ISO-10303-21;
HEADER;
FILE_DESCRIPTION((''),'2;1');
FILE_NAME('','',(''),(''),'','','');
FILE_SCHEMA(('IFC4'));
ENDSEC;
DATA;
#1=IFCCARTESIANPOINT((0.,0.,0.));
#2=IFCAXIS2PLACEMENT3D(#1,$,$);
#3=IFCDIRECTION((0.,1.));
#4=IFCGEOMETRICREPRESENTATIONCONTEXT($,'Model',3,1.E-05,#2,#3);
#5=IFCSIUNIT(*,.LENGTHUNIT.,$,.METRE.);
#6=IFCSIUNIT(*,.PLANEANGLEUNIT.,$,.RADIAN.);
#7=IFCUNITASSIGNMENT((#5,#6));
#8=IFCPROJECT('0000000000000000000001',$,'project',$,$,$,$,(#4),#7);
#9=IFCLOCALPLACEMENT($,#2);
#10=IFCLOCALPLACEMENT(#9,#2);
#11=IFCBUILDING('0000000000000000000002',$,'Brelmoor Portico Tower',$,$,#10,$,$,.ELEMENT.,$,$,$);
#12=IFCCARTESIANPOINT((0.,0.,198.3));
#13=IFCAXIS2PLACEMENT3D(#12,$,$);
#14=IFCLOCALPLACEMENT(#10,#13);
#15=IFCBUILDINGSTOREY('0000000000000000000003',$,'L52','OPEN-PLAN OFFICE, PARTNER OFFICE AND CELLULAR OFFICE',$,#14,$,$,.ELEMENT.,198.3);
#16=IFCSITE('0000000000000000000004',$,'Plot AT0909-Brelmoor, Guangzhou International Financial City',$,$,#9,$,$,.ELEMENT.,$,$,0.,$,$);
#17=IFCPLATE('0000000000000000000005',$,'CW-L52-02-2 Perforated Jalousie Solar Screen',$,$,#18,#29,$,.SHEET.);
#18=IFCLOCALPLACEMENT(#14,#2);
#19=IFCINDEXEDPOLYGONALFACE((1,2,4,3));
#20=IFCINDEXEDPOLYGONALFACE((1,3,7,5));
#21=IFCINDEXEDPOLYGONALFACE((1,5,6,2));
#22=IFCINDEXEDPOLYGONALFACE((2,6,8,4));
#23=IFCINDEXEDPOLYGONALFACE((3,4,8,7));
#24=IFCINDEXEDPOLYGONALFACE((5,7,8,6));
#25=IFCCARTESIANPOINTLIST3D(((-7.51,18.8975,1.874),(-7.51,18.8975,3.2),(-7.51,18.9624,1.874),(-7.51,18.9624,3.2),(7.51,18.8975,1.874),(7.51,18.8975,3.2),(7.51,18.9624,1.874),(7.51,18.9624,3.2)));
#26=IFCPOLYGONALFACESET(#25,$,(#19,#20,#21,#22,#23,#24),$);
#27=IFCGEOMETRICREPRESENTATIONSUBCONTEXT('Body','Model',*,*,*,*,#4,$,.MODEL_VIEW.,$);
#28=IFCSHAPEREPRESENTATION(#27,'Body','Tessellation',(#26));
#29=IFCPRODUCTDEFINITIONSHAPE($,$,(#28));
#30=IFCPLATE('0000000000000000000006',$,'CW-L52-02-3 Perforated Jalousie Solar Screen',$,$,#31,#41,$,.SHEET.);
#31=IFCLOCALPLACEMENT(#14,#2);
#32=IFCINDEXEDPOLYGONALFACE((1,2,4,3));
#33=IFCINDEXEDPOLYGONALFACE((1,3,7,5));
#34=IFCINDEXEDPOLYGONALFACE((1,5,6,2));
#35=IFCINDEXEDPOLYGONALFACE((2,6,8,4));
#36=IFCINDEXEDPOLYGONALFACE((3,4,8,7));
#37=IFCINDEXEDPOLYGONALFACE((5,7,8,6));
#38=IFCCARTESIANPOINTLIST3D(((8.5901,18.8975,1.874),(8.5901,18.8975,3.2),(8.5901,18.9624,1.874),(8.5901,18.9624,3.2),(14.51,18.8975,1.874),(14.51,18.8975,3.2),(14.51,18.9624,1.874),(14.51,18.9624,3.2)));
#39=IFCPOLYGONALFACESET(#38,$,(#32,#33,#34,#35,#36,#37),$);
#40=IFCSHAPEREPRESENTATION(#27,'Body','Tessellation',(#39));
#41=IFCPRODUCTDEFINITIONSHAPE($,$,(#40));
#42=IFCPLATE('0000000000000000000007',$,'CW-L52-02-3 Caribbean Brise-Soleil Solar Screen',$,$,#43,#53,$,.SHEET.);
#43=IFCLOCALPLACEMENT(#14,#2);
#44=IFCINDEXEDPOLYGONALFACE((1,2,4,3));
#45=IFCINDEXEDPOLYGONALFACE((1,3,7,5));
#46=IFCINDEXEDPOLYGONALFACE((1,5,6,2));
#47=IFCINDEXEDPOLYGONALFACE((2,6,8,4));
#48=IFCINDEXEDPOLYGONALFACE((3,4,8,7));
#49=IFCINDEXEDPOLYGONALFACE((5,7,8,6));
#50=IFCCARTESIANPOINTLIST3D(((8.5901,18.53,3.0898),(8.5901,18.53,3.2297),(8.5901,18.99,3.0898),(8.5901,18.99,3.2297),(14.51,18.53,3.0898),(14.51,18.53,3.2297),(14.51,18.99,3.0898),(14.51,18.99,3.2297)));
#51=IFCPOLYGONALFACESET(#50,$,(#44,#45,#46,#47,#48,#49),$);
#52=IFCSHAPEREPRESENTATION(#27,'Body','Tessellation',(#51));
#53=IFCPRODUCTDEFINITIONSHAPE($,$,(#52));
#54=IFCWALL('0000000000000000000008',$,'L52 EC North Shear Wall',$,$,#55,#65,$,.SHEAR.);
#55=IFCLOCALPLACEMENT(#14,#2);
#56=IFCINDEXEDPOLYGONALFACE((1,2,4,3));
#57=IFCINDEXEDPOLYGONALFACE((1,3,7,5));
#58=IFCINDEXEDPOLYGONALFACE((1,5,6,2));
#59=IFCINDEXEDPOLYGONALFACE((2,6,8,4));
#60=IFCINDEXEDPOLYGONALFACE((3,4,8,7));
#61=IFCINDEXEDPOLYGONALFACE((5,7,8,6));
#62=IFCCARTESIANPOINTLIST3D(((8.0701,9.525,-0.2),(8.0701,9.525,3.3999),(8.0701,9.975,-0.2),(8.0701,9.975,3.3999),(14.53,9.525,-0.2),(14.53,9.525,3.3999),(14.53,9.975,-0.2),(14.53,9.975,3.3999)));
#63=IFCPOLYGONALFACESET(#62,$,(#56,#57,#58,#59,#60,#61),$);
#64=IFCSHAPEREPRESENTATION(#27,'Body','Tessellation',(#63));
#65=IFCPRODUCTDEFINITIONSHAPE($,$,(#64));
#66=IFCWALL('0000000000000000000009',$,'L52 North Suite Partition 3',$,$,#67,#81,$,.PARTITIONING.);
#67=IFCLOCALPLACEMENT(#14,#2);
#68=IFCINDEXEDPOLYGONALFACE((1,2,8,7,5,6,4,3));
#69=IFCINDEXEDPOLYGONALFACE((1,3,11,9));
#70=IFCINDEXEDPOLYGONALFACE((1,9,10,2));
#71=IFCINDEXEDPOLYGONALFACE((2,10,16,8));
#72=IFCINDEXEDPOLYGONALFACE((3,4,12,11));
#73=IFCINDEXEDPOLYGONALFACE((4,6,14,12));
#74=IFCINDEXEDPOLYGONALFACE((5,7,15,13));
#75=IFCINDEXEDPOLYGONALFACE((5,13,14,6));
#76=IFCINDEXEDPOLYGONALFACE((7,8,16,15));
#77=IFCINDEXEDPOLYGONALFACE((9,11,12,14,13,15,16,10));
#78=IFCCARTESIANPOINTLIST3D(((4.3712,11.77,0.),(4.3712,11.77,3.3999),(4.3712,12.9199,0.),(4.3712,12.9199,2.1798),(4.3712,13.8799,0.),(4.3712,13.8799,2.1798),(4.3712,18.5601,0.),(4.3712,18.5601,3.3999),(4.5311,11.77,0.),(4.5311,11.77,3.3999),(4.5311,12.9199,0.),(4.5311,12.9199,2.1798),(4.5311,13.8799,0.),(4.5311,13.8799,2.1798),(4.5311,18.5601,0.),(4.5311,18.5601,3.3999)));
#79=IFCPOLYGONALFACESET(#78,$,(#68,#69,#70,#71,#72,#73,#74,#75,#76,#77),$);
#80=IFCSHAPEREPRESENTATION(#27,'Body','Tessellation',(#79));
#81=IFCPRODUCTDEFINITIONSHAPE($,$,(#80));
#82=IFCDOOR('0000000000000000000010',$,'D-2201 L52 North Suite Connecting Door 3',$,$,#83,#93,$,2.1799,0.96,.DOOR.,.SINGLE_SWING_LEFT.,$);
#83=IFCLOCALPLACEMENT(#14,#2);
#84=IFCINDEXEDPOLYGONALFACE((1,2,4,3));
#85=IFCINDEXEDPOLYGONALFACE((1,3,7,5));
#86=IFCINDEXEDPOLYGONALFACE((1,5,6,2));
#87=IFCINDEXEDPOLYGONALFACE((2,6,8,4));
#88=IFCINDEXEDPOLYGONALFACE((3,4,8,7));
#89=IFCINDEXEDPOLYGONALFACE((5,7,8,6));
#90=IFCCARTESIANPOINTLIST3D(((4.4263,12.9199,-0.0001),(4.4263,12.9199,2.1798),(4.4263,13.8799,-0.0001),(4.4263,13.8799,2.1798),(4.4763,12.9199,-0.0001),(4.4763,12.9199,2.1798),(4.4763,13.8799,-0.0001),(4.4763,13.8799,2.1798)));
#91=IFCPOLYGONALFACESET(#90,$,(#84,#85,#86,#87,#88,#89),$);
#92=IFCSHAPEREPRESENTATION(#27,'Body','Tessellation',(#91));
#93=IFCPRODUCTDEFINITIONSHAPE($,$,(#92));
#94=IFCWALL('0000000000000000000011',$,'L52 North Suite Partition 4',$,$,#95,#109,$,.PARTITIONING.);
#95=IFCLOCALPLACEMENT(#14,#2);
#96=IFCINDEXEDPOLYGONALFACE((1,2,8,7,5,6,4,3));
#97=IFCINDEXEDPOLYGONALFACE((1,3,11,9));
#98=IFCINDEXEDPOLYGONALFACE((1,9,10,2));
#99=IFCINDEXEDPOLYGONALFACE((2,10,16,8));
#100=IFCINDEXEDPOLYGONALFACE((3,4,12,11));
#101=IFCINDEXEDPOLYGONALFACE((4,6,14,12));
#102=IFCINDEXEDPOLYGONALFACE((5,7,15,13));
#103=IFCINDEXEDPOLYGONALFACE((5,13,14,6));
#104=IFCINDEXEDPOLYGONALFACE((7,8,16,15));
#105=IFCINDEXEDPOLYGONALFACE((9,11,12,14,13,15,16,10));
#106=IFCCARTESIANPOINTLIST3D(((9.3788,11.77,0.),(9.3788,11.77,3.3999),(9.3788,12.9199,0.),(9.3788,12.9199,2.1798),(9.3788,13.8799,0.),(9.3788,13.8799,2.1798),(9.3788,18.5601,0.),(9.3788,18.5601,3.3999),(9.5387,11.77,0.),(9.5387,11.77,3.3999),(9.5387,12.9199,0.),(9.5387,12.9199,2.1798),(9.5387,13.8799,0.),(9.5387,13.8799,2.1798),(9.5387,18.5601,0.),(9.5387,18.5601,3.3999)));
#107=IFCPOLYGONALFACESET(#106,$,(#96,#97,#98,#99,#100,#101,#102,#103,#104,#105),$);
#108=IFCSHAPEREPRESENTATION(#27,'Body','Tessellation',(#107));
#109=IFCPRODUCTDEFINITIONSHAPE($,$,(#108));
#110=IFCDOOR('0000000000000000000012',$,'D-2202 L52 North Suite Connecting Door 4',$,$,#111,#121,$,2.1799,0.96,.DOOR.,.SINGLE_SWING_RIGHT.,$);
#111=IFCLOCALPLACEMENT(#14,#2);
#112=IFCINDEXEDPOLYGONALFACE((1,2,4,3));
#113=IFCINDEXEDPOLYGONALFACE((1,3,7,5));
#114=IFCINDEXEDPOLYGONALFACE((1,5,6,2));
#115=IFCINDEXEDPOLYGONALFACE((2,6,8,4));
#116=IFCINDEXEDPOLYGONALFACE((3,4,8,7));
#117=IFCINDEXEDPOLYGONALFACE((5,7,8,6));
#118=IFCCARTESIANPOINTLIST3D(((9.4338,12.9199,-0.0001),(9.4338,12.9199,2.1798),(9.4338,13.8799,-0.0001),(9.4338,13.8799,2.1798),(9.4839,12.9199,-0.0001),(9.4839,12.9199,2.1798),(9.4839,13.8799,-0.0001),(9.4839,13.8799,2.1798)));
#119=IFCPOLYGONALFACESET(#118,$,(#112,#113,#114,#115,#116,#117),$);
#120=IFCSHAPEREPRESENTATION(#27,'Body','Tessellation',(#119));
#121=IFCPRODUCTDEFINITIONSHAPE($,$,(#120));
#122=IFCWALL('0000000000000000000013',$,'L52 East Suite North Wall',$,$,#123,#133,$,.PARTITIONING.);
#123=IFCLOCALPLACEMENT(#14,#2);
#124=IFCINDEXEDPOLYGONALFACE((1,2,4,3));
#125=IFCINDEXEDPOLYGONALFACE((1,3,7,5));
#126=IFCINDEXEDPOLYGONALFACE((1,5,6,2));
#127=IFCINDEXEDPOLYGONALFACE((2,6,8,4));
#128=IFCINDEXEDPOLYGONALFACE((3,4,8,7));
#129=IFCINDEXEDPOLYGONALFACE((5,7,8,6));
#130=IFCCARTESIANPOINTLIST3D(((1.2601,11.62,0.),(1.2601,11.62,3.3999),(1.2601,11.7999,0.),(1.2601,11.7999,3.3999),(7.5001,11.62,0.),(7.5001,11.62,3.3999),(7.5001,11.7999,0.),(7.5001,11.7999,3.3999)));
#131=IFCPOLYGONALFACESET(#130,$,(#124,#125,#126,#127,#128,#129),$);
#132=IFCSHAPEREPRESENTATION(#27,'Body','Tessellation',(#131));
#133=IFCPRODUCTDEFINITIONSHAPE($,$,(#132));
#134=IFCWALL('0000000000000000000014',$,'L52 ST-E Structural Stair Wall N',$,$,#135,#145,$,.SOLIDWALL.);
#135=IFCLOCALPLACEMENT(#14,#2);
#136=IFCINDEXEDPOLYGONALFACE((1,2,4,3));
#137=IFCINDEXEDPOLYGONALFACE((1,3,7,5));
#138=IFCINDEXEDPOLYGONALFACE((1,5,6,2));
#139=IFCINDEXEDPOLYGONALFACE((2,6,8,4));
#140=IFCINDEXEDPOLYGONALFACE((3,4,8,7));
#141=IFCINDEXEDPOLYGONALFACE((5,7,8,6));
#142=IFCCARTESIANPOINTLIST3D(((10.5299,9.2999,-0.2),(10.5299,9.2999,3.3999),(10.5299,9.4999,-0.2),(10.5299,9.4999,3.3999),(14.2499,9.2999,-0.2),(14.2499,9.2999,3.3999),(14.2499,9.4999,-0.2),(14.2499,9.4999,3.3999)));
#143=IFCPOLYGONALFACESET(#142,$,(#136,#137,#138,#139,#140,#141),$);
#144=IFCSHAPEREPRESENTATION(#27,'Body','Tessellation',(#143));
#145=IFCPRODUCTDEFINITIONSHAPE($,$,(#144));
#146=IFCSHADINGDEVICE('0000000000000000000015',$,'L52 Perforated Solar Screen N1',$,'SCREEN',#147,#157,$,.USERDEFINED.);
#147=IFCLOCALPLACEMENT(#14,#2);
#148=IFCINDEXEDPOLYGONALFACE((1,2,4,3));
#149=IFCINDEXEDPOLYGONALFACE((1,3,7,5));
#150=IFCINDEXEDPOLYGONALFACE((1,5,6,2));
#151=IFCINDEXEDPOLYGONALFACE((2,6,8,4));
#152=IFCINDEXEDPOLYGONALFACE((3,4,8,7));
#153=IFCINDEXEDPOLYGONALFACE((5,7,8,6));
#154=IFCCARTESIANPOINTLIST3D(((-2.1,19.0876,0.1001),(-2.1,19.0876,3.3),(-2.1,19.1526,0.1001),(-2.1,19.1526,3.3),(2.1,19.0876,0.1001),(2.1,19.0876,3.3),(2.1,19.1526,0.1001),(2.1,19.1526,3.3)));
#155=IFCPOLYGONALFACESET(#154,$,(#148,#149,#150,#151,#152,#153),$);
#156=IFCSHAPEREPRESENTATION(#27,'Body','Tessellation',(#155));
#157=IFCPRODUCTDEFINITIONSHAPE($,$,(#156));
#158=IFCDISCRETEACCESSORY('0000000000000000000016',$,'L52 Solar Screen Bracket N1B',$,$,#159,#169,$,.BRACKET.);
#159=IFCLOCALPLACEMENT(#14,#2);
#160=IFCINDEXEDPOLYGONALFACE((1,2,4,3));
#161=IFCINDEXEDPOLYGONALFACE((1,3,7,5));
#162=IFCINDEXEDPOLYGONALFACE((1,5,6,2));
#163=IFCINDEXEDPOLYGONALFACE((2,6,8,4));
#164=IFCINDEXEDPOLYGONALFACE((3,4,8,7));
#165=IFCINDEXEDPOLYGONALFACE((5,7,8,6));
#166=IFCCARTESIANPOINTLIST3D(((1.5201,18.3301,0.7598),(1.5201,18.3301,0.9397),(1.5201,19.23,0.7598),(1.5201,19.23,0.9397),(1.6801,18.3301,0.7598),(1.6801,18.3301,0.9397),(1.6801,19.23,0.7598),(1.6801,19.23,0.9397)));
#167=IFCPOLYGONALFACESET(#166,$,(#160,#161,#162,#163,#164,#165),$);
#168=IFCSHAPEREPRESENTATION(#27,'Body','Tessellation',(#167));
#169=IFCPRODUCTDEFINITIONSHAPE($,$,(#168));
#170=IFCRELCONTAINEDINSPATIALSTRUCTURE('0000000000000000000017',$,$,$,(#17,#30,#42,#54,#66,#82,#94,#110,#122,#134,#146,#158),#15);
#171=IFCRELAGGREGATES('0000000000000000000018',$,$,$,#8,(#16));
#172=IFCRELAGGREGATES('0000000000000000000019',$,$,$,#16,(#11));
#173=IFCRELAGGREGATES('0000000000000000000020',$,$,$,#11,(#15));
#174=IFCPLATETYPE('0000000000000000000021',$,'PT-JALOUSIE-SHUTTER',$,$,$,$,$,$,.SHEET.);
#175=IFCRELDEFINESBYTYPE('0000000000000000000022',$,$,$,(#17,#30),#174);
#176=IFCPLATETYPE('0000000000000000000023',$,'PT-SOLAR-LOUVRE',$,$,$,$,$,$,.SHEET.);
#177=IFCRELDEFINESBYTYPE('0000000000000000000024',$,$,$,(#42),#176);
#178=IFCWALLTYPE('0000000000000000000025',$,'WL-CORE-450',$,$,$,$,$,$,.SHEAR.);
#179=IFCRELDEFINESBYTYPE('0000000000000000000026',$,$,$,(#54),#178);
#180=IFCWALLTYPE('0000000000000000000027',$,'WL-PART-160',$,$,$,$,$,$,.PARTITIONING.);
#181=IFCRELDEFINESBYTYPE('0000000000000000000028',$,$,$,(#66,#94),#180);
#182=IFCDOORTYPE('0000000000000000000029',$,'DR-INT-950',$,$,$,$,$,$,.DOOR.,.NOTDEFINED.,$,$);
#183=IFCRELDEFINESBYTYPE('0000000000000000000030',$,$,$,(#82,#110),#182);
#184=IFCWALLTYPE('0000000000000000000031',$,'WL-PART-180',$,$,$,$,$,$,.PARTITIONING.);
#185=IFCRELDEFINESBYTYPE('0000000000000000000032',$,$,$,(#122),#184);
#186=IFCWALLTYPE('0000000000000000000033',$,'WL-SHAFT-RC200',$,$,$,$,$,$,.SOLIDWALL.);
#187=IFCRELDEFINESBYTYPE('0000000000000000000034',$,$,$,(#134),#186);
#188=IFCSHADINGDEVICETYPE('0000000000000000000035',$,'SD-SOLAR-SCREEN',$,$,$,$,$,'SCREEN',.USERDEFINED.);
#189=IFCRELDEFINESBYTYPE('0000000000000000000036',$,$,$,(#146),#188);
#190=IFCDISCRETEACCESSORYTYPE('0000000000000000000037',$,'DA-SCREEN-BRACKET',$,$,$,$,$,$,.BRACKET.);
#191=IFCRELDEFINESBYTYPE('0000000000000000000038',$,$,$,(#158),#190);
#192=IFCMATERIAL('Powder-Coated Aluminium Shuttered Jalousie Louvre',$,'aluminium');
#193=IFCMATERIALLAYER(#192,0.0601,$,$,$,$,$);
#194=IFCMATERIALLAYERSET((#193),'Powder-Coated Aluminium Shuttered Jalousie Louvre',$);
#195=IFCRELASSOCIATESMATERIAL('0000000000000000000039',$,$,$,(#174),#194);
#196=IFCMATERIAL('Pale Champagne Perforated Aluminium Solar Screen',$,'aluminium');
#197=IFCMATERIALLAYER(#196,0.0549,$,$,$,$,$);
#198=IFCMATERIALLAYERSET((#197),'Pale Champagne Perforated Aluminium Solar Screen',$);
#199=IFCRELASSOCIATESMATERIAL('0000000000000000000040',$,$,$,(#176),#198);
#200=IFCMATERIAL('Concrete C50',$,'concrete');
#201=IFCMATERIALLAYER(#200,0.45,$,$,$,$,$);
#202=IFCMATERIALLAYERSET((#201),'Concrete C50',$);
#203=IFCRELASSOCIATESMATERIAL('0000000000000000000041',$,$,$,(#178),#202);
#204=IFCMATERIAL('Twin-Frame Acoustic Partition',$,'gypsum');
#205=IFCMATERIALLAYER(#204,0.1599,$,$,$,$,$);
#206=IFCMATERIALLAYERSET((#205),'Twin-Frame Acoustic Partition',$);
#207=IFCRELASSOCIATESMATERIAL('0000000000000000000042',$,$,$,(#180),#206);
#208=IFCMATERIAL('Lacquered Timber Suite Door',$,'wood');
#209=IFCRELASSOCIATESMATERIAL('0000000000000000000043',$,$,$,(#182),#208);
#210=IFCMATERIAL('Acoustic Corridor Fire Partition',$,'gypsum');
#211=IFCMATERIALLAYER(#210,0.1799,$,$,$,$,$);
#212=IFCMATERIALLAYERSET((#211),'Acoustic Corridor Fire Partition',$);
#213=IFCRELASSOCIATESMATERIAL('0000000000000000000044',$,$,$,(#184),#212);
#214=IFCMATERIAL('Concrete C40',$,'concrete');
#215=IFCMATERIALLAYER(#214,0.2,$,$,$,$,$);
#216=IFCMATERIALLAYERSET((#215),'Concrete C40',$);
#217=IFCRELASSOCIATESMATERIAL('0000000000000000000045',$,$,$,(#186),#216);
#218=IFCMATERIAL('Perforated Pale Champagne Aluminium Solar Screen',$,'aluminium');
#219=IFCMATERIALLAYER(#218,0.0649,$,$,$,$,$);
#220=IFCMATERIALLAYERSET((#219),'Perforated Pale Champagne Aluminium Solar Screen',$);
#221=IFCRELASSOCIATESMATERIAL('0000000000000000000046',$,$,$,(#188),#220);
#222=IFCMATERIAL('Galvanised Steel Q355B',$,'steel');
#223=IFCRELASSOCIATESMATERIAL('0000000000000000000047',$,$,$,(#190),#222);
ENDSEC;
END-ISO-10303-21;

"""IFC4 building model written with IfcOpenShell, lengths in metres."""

from ifc_helpers import new_model, si_unit, direction, frame, frame_2d, origin, origin_2d, place, context, subcontext, project, spatial, rectangle, extrude, material, layer, layer_set, type_object, element, fill, save


model = new_model("IFC4")

# Units and contexts
model_context = context("Model", 3, precision=1e-05, world=origin(), true_north=direction((0.0, 1.0)))
body_context = subcontext(model_context, "Body", "Model", "MODEL_VIEW")
ifc_project = project(units=[si_unit("LENGTHUNIT", "METRE"), si_unit("PLANEANGLEUNIT", "RADIAN")], contexts=[model_context])

# Site, building, storey
site_placement = place(None, origin())
site = spatial("IfcSite", under=ifc_project, at=site_placement, Name="Plot AT0909-Brelmoor, Guangzhou International Financial City", CompositionType="ELEMENT", RefElevation=0.0)
building_placement = place(site_placement, origin())
building = spatial("IfcBuilding", under=site, at=building_placement, Name="Brelmoor Portico Tower", CompositionType="ELEMENT")
storey_placement = place(building_placement, frame((0.0, 0.0, 198.3)))
storey = spatial("IfcBuildingStorey", under=building, at=storey_placement, Name="L52", Description="OPEN-PLAN OFFICE, PARTNER OFFICE AND CELLULAR OFFICE", CompositionType="ELEMENT", Elevation=198.3)

# Plates
ifc_material_1 = material(Name="Powder-Coated Aluminium Shuttered Jalousie Louvre", Category="aluminium")
ifc_layer_1 = layer(ifc_material_1, 0.0601)
ifc_layer_set_1 = layer_set([ifc_layer_1], Name="Powder-Coated Aluminium Shuttered Jalousie Louvre")
plate_type_1 = type_object("IfcPlateType", Name="PT-JALOUSIE-SHUTTER", PredefinedType="SHEET", material=ifc_layer_set_1)
plate_1_placement = place(storey_placement, frame((0.0, 18.9299, 1.874), z_axis=(0.0, 0.0, 1.0), x_axis=(1.0, 0.0, 0.0)))
element("IfcPlate", 1, at=plate_1_placement, inside=storey, type_object=plate_type_1, Name="CW-L52-02-2 Perforated Jalousie Solar Screen", PredefinedType="SHEET", context=body_context, shape_type="SweptSolid", body=[
    extrude(rectangle(XDim=15.02, YDim=0.0649, at=origin_2d()), origin(), (0.0, 0.0, 1.0), 1.3259),
])
plate_2_placement = place(storey_placement, frame((11.55, 18.9299, 1.874), z_axis=(0.0, 0.0, 1.0), x_axis=(1.0, 0.0, 0.0)))
element("IfcPlate", 2, at=plate_2_placement, inside=storey, type_object=plate_type_1, Name="CW-L52-02-3 Perforated Jalousie Solar Screen", PredefinedType="SHEET", context=body_context, shape_type="SweptSolid", body=[
    extrude(rectangle(XDim=5.9199, YDim=0.0649, at=origin_2d()), origin(), (0.0, 0.0, 1.0), 1.3259),
])
ifc_material_2 = material(Name="Pale Champagne Perforated Aluminium Solar Screen", Category="aluminium")
ifc_layer_2 = layer(ifc_material_2, 0.0549)
ifc_layer_set_2 = layer_set([ifc_layer_2], Name="Pale Champagne Perforated Aluminium Solar Screen")
plate_type_2 = type_object("IfcPlateType", Name="PT-SOLAR-LOUVRE", PredefinedType="SHEET", material=ifc_layer_set_2)
plate_3_placement = place(storey_placement, frame((11.55, 18.76, 3.0898), z_axis=(0.0, 0.0, 1.0), x_axis=(1.0, 0.0, 0.0)))
element("IfcPlate", 3, at=plate_3_placement, inside=storey, type_object=plate_type_2, Name="CW-L52-02-3 Caribbean Brise-Soleil Solar Screen", PredefinedType="SHEET", context=body_context, shape_type="SweptSolid", body=[
    extrude(rectangle(XDim=5.9199, YDim=0.46, at=origin_2d()), origin(), (0.0, 0.0, 1.0), 0.1399),
])

# Wall
ifc_material_3 = material(Name="Concrete C50", Category="concrete")
ifc_layer_3 = layer(ifc_material_3, 0.45)
ifc_layer_set_3 = layer_set([ifc_layer_3], Name="Concrete C50")
wall_type_1 = type_object("IfcWallType", Name="WL-CORE-450", PredefinedType="SHEAR", material=ifc_layer_set_3)
wall_1_placement = place(storey_placement, frame((8.0701, 9.75, -0.2), z_axis=(0.0, 0.0, 1.0), x_axis=(1.0, 0.0, 0.0)))
element("IfcWall", 4, at=wall_1_placement, inside=storey, type_object=wall_type_1, Name="L52 EC North Shear Wall", PredefinedType="SHEAR", context=body_context, shape_type="SweptSolid", body=[
    extrude(rectangle(XDim=6.46, YDim=0.45, at=frame_2d((3.23, 0.0))), origin(), (0.0, 0.0, 1.0), 3.5999),
])

# Walls, openings, doors
ifc_material_4 = material(Name="Twin-Frame Acoustic Partition", Category="gypsum")
ifc_layer_4 = layer(ifc_material_4, 0.1599)
ifc_layer_set_4 = layer_set([ifc_layer_4], Name="Twin-Frame Acoustic Partition")
wall_type_2 = type_object("IfcWallType", Name="WL-PART-160", PredefinedType="PARTITIONING", material=ifc_layer_set_4)
wall_2_placement = place(storey_placement, frame((4.4512, 11.77, 0.0), z_axis=(0.0, 0.0, 1.0), x_axis=(0.0, 1.0, 0.0)))
wall_2 = element("IfcWall", 5, at=wall_2_placement, inside=storey, type_object=wall_type_2, Name="L52 North Suite Partition 3", PredefinedType="PARTITIONING", context=body_context, shape_type="SweptSolid", body=[
    extrude(rectangle(XDim=6.79, YDim=0.1599, at=frame_2d((3.395, 0.0))), origin(), (0.0, 0.0, 1.0), 3.3999),
])
opening_1_placement = place(wall_2_placement, frame((1.1499, 0.0, 0.0)))
opening_1 = element("IfcOpeningElement", 6, at=opening_1_placement, cuts=wall_2, PredefinedType="OPENING", context=body_context, shape_type="SweptSolid", body=[
    extrude(rectangle(XDim=0.96, YDim=2.1799, at=frame_2d((0.48, 1.0898))), frame((0.0, 0.0898, 0.0), z_axis=(0.0, -1.0, 0.0), x_axis=(1.0, 0.0, 0.0)), (0.0, 0.0, 1.0), 0.1799),
])
ifc_material_5 = material(Name="Lacquered Timber Suite Door", Category="wood")
door_type = type_object("IfcDoorType", Name="DR-INT-950", OperationType="NOTDEFINED", PredefinedType="DOOR", material=ifc_material_5)
door_1_placement = place(opening_1_placement, origin())
door_1 = element("IfcDoor", 7, at=door_1_placement, inside=storey, type_object=door_type, Name="D-2201 L52 North Suite Connecting Door 3", OperationType="SINGLE_SWING_LEFT", OverallHeight=2.1799, OverallWidth=0.96, PredefinedType="DOOR", context=body_context, shape_type="SweptSolid", body=[
    extrude(rectangle(XDim=0.96, YDim=2.1799, at=frame_2d((0.48, 1.0898))), frame((0.0, 0.0249, 0.0), z_axis=(0.0, -1.0, 0.0), x_axis=(1.0, 0.0, 0.0)), (0.0, 0.0, 1.0), 0.05),
])
fill(opening_1, door_1)
wall_3_placement = place(storey_placement, frame((9.4587, 11.77, 0.0), z_axis=(0.0, 0.0, 1.0), x_axis=(0.0, 1.0, 0.0)))
wall_3 = element("IfcWall", 8, at=wall_3_placement, inside=storey, type_object=wall_type_2, Name="L52 North Suite Partition 4", PredefinedType="PARTITIONING", context=body_context, shape_type="SweptSolid", body=[
    extrude(rectangle(XDim=6.79, YDim=0.1599, at=frame_2d((3.395, 0.0))), origin(), (0.0, 0.0, 1.0), 3.3999),
])
opening_2_placement = place(wall_3_placement, frame((1.1499, 0.0, 0.0)))
opening_2 = element("IfcOpeningElement", 9, at=opening_2_placement, cuts=wall_3, PredefinedType="OPENING", context=body_context, shape_type="SweptSolid", body=[
    extrude(rectangle(XDim=0.96, YDim=2.1799, at=frame_2d((0.48, 1.0898))), frame((0.0, 0.0898, 0.0), z_axis=(0.0, -1.0, 0.0), x_axis=(1.0, 0.0, 0.0)), (0.0, 0.0, 1.0), 0.1799),
])
door_2_placement = place(opening_2_placement, origin())
door_2 = element("IfcDoor", 10, at=door_2_placement, inside=storey, type_object=door_type, Name="D-2202 L52 North Suite Connecting Door 4", OperationType="SINGLE_SWING_RIGHT", OverallHeight=2.1799, OverallWidth=0.96, PredefinedType="DOOR", context=body_context, shape_type="SweptSolid", body=[
    extrude(rectangle(XDim=0.96, YDim=2.1799, at=frame_2d((0.48, 1.0898))), frame((0.0, 0.0249, 0.0), z_axis=(0.0, -1.0, 0.0), x_axis=(1.0, 0.0, 0.0)), (0.0, 0.0, 1.0), 0.05),
])
fill(opening_2, door_2)

# Walls
ifc_material_6 = material(Name="Acoustic Corridor Fire Partition", Category="gypsum")
ifc_layer_5 = layer(ifc_material_6, 0.1799)
ifc_layer_set_5 = layer_set([ifc_layer_5], Name="Acoustic Corridor Fire Partition")
wall_type_3 = type_object("IfcWallType", Name="WL-PART-180", PredefinedType="PARTITIONING", material=ifc_layer_set_5)
wall_4_placement = place(storey_placement, frame((1.26, 11.71, 0.0), z_axis=(0.0, 0.0, 1.0), x_axis=(1.0, 0.0, 0.0)))
element("IfcWall", 11, at=wall_4_placement, inside=storey, type_object=wall_type_3, Name="L52 East Suite North Wall", PredefinedType="PARTITIONING", context=body_context, shape_type="SweptSolid", body=[
    extrude(rectangle(XDim=6.24, YDim=0.1799, at=frame_2d((3.1201, 0.0))), origin(), (0.0, 0.0, 1.0), 3.3999),
])
ifc_material_7 = material(Name="Concrete C40", Category="concrete")
ifc_layer_6 = layer(ifc_material_7, 0.2)
ifc_layer_set_6 = layer_set([ifc_layer_6], Name="Concrete C40")
wall_type_4 = type_object("IfcWallType", Name="WL-SHAFT-RC200", PredefinedType="SOLIDWALL", material=ifc_layer_set_6)
wall_5_placement = place(storey_placement, frame((10.53, 9.3999, -0.2), z_axis=(0.0, 0.0, 1.0), x_axis=(1.0, 0.0, 0.0)))
element("IfcWall", 12, at=wall_5_placement, inside=storey, type_object=wall_type_4, Name="L52 ST-E Structural Stair Wall N", PredefinedType="SOLIDWALL", context=body_context, shape_type="SweptSolid", body=[
    extrude(rectangle(XDim=3.72, YDim=0.2, at=frame_2d((1.8599, 0.0))), origin(), (0.0, 0.0, 1.0), 3.5999),
])

# Shading device
ifc_material_8 = material(Name="Perforated Pale Champagne Aluminium Solar Screen", Category="aluminium")
ifc_layer_7 = layer(ifc_material_8, 0.0649)
ifc_layer_set_7 = layer_set([ifc_layer_7], Name="Perforated Pale Champagne Aluminium Solar Screen")
shading_device_type = type_object("IfcShadingDeviceType", Name="SD-SOLAR-SCREEN", ElementType="SCREEN", PredefinedType="USERDEFINED", material=ifc_layer_set_7)
shading_device_placement = place(storey_placement, frame((0.0, 19.1201, 0.1001), z_axis=(0.0, 0.0, 1.0), x_axis=(1.0, 0.0, 0.0)))
element("IfcShadingDevice", 13, at=shading_device_placement, inside=storey, type_object=shading_device_type, Name="L52 Perforated Solar Screen N1", ObjectType="SCREEN", PredefinedType="USERDEFINED", context=body_context, shape_type="SweptSolid", body=[
    extrude(rectangle(XDim=4.2, YDim=0.0649, at=origin_2d()), origin(), (0.0, 0.0, 1.0), 3.2),
])

# Discrete accessory
ifc_material_9 = material(Name="Galvanised Steel Q355B", Category="steel")
discrete_accessory_type = type_object("IfcDiscreteAccessoryType", Name="DA-SCREEN-BRACKET", PredefinedType="BRACKET", material=ifc_material_9)
discrete_accessory_placement = place(storey_placement, frame((1.6001, 18.78, 0.7598), z_axis=(0.0, 0.0, 1.0), x_axis=(1.0, 0.0, 0.0)))
element("IfcDiscreteAccessory", 14, at=discrete_accessory_placement, inside=storey, type_object=discrete_accessory_type, Name="L52 Solar Screen Bracket N1B", PredefinedType="BRACKET", context=body_context, shape_type="SweptSolid", body=[
    extrude(rectangle(XDim=0.1599, YDim=0.8999, at=origin_2d()), origin(), (0.0, 0.0, 1.0), 0.1799),
])

save(model, "model.ifc")
